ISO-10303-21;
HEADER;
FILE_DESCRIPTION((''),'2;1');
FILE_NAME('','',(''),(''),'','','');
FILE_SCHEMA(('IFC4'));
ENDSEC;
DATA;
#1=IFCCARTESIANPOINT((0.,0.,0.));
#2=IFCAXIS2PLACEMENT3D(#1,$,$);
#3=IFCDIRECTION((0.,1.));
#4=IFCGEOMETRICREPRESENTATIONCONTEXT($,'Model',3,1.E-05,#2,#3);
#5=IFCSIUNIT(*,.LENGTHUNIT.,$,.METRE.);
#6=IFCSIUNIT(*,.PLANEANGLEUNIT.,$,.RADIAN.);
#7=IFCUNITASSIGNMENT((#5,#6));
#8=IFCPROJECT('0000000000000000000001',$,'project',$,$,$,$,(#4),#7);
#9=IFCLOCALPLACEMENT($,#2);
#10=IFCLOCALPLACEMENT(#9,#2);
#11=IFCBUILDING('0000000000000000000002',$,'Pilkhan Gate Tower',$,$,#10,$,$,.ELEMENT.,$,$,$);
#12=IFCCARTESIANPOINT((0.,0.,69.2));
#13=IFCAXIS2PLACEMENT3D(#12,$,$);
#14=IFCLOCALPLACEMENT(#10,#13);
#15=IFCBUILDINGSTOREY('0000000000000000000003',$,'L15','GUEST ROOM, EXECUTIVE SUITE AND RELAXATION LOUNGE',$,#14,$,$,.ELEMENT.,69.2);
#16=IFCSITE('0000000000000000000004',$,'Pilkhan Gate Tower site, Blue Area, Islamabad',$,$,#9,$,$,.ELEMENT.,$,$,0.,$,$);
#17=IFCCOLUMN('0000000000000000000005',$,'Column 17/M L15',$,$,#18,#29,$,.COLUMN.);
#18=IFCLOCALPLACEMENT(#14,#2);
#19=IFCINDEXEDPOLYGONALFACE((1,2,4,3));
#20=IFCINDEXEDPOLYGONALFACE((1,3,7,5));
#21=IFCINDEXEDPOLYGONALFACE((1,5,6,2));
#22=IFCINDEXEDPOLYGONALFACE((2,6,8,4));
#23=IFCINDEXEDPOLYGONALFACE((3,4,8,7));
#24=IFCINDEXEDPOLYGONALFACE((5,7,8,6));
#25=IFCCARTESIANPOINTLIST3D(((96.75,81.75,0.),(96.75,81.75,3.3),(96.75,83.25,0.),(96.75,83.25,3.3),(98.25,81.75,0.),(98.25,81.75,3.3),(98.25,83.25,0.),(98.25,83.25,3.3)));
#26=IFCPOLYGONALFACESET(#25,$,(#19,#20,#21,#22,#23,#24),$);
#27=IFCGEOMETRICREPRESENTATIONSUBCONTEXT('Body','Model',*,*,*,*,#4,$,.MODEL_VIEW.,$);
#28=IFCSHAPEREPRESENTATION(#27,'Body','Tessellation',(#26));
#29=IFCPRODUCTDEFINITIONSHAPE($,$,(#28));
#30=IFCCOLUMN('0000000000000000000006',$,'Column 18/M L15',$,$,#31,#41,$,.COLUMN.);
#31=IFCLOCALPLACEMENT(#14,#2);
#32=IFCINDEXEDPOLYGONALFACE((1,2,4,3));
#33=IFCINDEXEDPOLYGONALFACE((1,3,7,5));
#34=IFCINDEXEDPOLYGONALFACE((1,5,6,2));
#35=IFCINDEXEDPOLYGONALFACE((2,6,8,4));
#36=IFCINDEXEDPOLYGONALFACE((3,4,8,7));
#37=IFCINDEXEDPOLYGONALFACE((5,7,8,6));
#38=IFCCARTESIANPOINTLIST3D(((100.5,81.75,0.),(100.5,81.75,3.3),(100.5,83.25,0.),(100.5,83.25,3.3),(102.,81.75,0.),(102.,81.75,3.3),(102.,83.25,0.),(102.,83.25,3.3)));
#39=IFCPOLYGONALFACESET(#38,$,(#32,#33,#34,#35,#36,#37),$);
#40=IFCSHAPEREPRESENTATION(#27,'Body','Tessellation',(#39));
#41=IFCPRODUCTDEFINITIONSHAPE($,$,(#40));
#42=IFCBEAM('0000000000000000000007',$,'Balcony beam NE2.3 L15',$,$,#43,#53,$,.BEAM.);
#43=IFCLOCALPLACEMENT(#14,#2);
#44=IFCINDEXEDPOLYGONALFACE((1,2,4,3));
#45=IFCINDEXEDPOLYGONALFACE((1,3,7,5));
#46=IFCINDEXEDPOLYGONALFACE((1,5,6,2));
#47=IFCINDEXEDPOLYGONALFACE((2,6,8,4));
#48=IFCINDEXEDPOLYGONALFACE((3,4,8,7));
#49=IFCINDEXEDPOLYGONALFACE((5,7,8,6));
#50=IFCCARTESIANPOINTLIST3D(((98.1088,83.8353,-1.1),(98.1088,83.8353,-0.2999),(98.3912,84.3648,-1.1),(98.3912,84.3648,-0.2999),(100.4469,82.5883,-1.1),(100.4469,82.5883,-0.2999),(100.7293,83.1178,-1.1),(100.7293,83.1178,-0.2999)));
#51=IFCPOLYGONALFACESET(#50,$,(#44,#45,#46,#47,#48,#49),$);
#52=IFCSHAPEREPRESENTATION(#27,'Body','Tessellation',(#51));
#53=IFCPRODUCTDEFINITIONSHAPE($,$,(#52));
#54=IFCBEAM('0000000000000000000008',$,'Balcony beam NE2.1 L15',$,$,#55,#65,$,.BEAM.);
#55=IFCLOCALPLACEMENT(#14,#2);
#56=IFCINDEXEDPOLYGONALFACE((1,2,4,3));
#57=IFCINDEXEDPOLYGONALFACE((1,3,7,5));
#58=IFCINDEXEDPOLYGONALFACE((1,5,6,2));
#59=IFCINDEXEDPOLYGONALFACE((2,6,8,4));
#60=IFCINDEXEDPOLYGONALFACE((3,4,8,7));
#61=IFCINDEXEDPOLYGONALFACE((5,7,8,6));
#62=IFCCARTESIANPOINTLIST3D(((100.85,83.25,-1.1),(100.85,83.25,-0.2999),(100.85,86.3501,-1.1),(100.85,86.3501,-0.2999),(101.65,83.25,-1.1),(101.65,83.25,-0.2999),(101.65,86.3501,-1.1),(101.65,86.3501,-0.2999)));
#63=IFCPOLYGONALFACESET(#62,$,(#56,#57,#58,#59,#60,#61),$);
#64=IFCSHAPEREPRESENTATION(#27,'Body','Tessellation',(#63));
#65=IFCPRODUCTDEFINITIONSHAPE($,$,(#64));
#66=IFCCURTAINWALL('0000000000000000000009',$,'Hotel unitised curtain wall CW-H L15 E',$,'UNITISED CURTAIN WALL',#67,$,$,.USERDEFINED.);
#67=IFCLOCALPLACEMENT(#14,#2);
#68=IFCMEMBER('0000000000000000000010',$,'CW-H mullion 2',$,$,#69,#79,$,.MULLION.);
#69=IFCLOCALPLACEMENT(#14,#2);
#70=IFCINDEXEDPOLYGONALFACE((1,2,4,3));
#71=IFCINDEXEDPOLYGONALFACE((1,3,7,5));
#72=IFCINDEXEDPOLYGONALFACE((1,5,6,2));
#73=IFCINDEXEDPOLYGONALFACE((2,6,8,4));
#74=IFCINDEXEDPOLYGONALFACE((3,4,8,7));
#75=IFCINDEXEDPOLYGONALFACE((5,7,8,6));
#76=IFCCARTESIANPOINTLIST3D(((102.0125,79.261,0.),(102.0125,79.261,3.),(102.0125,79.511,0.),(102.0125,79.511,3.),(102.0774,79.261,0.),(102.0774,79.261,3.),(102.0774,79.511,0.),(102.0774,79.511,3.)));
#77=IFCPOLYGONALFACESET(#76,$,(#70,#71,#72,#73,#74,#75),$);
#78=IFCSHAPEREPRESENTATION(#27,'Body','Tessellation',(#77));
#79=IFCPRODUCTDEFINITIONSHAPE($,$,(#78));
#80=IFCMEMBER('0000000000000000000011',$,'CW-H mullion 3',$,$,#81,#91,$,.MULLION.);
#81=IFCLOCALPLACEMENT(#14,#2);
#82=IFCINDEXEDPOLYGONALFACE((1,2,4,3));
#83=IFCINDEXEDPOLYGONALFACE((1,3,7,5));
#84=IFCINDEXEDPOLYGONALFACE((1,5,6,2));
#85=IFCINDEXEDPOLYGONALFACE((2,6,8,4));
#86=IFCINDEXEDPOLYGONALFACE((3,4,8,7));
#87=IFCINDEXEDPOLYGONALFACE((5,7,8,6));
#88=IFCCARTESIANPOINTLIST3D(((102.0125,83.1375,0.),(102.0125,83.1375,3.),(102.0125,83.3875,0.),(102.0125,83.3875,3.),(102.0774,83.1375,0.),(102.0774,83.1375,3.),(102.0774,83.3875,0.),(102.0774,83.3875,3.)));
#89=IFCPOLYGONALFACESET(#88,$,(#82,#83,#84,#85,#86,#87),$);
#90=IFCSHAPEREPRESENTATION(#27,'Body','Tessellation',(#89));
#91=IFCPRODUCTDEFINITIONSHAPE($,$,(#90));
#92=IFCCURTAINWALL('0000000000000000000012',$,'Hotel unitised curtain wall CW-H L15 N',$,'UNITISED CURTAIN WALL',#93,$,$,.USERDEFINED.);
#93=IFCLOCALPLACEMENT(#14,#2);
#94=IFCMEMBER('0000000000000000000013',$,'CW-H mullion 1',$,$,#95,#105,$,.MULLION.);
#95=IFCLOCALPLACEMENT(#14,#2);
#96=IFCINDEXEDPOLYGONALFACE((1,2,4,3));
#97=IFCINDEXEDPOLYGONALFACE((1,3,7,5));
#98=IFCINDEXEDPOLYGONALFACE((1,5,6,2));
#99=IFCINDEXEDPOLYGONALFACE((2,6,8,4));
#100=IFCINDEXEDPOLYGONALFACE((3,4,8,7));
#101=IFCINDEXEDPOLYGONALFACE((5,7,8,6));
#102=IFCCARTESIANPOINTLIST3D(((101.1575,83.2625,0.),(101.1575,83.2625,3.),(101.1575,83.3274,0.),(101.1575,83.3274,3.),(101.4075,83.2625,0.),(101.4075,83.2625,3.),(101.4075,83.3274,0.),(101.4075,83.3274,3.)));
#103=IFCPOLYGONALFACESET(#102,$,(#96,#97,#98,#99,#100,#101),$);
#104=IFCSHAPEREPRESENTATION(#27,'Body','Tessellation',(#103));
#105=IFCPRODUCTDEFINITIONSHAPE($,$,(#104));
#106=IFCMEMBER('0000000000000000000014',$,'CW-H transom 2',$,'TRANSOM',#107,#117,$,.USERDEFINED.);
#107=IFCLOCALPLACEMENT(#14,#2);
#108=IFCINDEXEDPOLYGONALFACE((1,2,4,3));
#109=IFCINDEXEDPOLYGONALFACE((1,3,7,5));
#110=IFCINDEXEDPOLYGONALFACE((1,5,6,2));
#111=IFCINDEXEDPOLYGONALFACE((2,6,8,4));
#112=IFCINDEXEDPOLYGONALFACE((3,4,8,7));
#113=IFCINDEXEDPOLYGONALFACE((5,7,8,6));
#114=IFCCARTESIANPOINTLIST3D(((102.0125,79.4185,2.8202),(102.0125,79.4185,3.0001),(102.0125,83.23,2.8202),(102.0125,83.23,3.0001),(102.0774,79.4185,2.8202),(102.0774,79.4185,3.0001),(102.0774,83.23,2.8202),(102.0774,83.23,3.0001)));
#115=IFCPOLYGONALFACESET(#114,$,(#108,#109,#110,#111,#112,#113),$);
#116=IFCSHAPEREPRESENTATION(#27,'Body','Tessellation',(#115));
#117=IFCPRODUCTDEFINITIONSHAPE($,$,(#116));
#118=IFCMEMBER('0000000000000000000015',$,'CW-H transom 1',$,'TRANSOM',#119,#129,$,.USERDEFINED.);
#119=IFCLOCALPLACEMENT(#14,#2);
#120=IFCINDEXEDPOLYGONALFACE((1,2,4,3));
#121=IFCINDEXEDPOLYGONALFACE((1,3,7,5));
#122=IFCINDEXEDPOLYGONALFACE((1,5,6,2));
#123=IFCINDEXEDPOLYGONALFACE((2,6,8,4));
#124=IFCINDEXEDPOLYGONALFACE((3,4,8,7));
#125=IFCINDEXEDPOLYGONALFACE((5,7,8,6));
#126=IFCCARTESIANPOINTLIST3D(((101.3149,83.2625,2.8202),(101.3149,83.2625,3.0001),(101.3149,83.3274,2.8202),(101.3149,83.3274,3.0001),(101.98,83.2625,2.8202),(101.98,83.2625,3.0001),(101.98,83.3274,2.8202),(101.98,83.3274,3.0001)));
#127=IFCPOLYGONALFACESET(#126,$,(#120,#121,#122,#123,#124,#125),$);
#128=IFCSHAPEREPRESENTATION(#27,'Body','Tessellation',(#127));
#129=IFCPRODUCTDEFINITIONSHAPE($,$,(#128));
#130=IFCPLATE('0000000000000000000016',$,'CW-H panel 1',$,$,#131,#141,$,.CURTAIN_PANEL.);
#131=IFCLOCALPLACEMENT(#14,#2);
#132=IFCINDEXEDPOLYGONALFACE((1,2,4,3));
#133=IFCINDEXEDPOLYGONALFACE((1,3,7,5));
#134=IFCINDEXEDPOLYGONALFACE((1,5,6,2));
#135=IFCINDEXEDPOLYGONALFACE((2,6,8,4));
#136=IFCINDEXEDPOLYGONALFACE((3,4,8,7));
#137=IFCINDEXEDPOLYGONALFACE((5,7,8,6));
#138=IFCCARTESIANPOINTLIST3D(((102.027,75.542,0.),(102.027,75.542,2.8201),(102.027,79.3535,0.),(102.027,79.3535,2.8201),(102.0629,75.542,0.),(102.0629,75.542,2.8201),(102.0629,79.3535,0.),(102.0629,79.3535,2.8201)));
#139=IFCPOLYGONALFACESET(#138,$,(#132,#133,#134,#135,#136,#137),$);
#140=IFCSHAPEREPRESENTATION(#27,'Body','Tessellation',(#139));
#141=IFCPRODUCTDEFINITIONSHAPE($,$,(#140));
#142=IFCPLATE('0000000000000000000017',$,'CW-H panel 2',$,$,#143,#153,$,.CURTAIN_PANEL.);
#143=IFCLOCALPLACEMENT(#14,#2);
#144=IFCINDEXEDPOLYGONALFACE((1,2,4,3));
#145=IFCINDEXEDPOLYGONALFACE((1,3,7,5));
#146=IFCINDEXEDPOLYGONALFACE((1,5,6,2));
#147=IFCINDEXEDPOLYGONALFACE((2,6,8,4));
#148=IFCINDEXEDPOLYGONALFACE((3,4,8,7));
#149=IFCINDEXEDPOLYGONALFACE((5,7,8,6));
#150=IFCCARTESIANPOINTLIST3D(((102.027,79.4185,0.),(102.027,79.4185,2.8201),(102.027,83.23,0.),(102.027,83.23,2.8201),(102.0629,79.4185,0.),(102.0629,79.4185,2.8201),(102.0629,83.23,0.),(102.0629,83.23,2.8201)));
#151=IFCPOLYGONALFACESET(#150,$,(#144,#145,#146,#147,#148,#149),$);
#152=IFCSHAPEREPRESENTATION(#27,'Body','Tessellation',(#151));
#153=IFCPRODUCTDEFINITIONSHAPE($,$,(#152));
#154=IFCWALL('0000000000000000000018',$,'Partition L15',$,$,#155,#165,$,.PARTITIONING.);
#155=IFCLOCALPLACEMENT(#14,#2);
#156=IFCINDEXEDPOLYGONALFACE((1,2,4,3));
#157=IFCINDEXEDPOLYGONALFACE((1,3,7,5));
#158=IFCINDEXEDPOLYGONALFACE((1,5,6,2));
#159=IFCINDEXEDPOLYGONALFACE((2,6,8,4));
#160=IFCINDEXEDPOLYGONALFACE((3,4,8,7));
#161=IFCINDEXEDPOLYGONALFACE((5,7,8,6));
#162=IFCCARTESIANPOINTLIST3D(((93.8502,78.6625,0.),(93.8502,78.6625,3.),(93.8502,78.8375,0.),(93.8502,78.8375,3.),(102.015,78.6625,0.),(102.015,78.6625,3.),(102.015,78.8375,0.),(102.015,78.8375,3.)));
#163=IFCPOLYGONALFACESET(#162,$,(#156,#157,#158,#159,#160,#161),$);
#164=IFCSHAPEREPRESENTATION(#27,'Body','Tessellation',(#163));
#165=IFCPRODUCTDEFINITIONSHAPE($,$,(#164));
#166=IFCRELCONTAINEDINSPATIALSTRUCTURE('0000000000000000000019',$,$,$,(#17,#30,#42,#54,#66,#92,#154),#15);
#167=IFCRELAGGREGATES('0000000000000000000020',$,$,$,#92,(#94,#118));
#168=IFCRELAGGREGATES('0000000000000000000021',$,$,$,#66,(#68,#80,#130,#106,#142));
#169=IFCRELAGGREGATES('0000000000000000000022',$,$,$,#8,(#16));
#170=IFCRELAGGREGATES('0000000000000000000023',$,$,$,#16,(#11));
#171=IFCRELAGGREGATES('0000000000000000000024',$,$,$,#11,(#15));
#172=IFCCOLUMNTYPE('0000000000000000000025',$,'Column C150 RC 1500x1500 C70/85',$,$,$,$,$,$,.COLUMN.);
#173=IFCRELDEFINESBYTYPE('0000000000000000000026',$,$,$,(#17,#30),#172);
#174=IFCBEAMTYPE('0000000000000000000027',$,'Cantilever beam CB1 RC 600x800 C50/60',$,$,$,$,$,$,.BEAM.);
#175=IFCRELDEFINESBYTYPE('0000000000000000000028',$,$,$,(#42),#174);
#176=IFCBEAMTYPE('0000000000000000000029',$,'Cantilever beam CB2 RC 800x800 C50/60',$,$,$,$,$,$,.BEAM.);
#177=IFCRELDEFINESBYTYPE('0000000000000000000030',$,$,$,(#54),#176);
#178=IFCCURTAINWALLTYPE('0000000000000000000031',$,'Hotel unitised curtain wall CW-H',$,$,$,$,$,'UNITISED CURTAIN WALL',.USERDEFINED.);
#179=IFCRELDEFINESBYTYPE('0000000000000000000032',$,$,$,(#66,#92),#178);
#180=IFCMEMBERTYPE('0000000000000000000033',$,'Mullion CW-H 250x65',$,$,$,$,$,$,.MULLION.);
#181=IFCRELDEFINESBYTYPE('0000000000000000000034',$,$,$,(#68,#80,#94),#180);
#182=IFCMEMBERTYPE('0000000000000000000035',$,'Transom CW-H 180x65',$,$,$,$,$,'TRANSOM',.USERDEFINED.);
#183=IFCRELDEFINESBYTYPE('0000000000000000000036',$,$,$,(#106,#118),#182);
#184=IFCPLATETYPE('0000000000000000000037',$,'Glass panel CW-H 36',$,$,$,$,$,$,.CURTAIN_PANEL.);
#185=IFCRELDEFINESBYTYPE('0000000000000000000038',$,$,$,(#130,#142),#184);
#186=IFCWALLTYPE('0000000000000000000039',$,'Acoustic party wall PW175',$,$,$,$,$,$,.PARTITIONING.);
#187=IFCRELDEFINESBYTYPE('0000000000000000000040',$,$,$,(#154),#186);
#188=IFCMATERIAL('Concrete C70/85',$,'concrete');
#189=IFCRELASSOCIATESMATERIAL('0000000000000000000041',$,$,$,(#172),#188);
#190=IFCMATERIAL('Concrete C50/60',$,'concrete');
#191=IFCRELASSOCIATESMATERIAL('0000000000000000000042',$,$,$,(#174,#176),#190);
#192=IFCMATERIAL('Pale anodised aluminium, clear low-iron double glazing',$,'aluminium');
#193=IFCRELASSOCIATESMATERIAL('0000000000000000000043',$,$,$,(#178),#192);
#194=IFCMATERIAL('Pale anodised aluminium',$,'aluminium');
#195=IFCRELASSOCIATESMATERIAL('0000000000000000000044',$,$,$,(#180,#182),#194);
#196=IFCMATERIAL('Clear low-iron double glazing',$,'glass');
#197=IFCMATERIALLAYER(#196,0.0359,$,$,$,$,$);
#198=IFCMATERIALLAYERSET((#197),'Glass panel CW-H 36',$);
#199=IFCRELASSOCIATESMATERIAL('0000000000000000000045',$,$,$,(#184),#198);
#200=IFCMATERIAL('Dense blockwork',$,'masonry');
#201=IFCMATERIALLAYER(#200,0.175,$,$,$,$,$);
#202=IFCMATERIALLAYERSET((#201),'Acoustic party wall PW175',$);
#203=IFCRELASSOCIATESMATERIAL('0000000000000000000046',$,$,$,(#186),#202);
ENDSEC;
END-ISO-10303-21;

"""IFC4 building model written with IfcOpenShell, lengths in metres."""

from ifc_helpers import new_model, si_unit, direction, frame, frame_2d, origin, origin_2d, place, context, subcontext, project, spatial, rectangle, extrude, material, layer, layer_set, material_profile, profile_set, type_object, element, aggregate, save


model = new_model("IFC4")

# Units and contexts
model_context = context("Model", 3, precision=1e-05, world=origin(), true_north=direction((0.0, 1.0)))
body_context = subcontext(model_context, "Body", "Model", "MODEL_VIEW")
ifc_project = project(units=[si_unit("LENGTHUNIT", "METRE"), si_unit("PLANEANGLEUNIT", "RADIAN")], contexts=[model_context])

# Site, building, storey
site_placement = place(None, origin())
site = spatial("IfcSite", under=ifc_project, at=site_placement, Name="Pilkhan Gate Tower site, Blue Area, Islamabad", CompositionType="ELEMENT", RefElevation=0.0)
building_placement = place(site_placement, origin())
building = spatial("IfcBuilding", under=site, at=building_placement, Name="Pilkhan Gate Tower", CompositionType="ELEMENT")
storey_placement = place(building_placement, frame((0.0, 0.0, 69.2)))
storey = spatial("IfcBuildingStorey", under=building, at=storey_placement, Name="L15", Description="GUEST ROOM, EXECUTIVE SUITE AND RELAXATION LOUNGE", CompositionType="ELEMENT", Elevation=69.2)

# Columns
ifc_material_1 = material(Name="Concrete C70/85", Category="concrete")
ifc_material_profile_1 = material_profile(ifc_material_1, rectangle(XDim=1.5, YDim=1.5, at=origin_2d()), Name="RC 1500x1500")
ifc_profile_set_1 = profile_set([ifc_material_profile_1], Name="Concrete C70/85")
column_type = type_object("IfcColumnType", Name="Column C150 RC 1500x1500 C70/85", PredefinedType="COLUMN", material=ifc_profile_set_1)
for number, where, z_axis, x_axis, name in (
    (1, (97.5, 82.5, 0.0), (0.0, 0.0, 1.0), (1.0, 0.0, 0.0), "Column 17/M L15"),
    (2, (101.25, 82.5, 0.0), (0.0, 0.0, 1.0), (1.0, 0.0, 0.0), "Column 18/M L15"),
):
    element("IfcColumn", number, at=place(storey_placement, frame(where, z_axis=z_axis, x_axis=x_axis)), inside=storey, type_object=column_type, Name=name, PredefinedType="COLUMN", context=body_context, shape_type="SweptSolid", body=[
        extrude(rectangle(XDim=1.5, YDim=1.5, at=origin_2d()), origin(), (0.0, 0.0, 1.0), 3.3),
    ])

# Beams
ifc_material_2 = material(Name="Concrete C50/60", Category="concrete")
ifc_material_profile_2 = material_profile(ifc_material_2, rectangle(XDim=0.6001, YDim=0.8, at=origin_2d()), Name="RC 600x800")
ifc_profile_set_2 = profile_set([ifc_material_profile_2], Name="Concrete C50/60")
beam_type_1 = type_object("IfcBeamType", Name="Cantilever beam CB1 RC 600x800 C50/60", PredefinedType="BEAM", material=ifc_profile_set_2)
beam_1_placement = place(storey_placement, frame((100.5881, 82.853, -0.7), z_axis=(-0.882343, 0.470607, 0.0), x_axis=(-0.470607, -0.882343, 0.0)))
element("IfcBeam", 3, at=beam_1_placement, inside=storey, type_object=beam_type_1, Name="Balcony beam NE2.3 L15", PredefinedType="BEAM", context=body_context, shape_type="SweptSolid", body=[
    extrude(rectangle(XDim=0.6001, YDim=0.8, at=origin_2d()), origin(), (0.0, 0.0, 1.0), 2.6499),
])
ifc_material_profile_3 = material_profile(ifc_material_2, rectangle(XDim=0.8, YDim=0.8, at=origin_2d()), Name="RC 800x800")
ifc_profile_set_3 = profile_set([ifc_material_profile_3], Name="Concrete C50/60")
beam_type_2 = type_object("IfcBeamType", Name="Cantilever beam CB2 RC 800x800 C50/60", PredefinedType="BEAM", material=ifc_profile_set_3)
beam_2_placement = place(storey_placement, frame((101.25, 83.25, -0.7), z_axis=(0.0, 1.0, 0.0), x_axis=(-1.0, 0.0, 0.0)))
element("IfcBeam", 4, at=beam_2_placement, inside=storey, type_object=beam_type_2, Name="Balcony beam NE2.1 L15", PredefinedType="BEAM", context=body_context, shape_type="SweptSolid", body=[
    extrude(rectangle(XDim=0.8, YDim=0.8, at=origin_2d()), origin(), (0.0, 0.0, 1.0), 3.1001),
])

# Curtain wall, members
ifc_material_3 = material(Name="Pale anodised aluminium, clear low-iron double glazing", Category="aluminium")
curtain_wall_type = type_object("IfcCurtainWallType", Name="Hotel unitised curtain wall CW-H", ElementType="UNITISED CURTAIN WALL", PredefinedType="USERDEFINED", material=ifc_material_3)
curtain_wall_1_placement = place(storey_placement, origin())
curtain_wall_1 = element("IfcCurtainWall", 5, at=curtain_wall_1_placement, inside=storey, type_object=curtain_wall_type, Name="Hotel unitised curtain wall CW-H L15 E", ObjectType="UNITISED CURTAIN WALL", PredefinedType="USERDEFINED")
ifc_material_4 = material(Name="Pale anodised aluminium", Category="aluminium")
ifc_material_profile_4 = material_profile(ifc_material_4, rectangle(XDim=0.0649, YDim=0.25, at=origin_2d()), Name="Mullion 250x65")
ifc_profile_set_4 = profile_set([ifc_material_profile_4], Name="Pale anodised aluminium")
member_type_1 = type_object("IfcMemberType", Name="Mullion CW-H 250x65", PredefinedType="MULLION", material=ifc_profile_set_4)
member_1_placement = place(storey_placement, frame((102.0449, 79.386, 0.0), z_axis=(0.0, 0.0, 1.0), x_axis=(-1.0, 0.0, 0.0)))
member_1 = element("IfcMember", 6, at=member_1_placement, type_object=member_type_1, Name="CW-H mullion 2", PredefinedType="MULLION", context=body_context, shape_type="SweptSolid", body=[
    extrude(rectangle(XDim=0.0649, YDim=0.25, at=origin_2d()), origin(), (0.0, 0.0, 1.0), 3.0),
])
member_2_placement = place(storey_placement, frame((102.0449, 83.2625, 0.0), z_axis=(0.0, 0.0, 1.0), x_axis=(-1.0, 0.0, 0.0)))
member_2 = element("IfcMember", 7, at=member_2_placement, type_object=member_type_1, Name="CW-H mullion 3", PredefinedType="MULLION", context=body_context, shape_type="SweptSolid", body=[
    extrude(rectangle(XDim=0.0649, YDim=0.25, at=origin_2d()), origin(), (0.0, 0.0, 1.0), 3.0),
])

# Curtain wall, member
curtain_wall_2_placement = place(storey_placement, origin())
curtain_wall_2 = element("IfcCurtainWall", 8, at=curtain_wall_2_placement, inside=storey, type_object=curtain_wall_type, Name="Hotel unitised curtain wall CW-H L15 N", ObjectType="UNITISED CURTAIN WALL", PredefinedType="USERDEFINED")
member_3_placement = place(storey_placement, frame((101.2825, 83.2949, 0.0), z_axis=(0.0, 0.0, 1.0), x_axis=(0.0, 1.0, 0.0)))
member_3 = element("IfcMember", 9, at=member_3_placement, type_object=member_type_1, Name="CW-H mullion 1", PredefinedType="MULLION", context=body_context, shape_type="SweptSolid", body=[
    extrude(rectangle(XDim=0.0649, YDim=0.25, at=origin_2d()), origin(), (0.0, 0.0, 1.0), 3.0),
])

# Members
ifc_material_profile_5 = material_profile(ifc_material_4, rectangle(XDim=0.0649, YDim=0.1799, at=origin_2d()), Name="Transom 180x65")
ifc_profile_set_5 = profile_set([ifc_material_profile_5], Name="Pale anodised aluminium")
member_type_2 = type_object("IfcMemberType", Name="Transom CW-H 180x65", ElementType="TRANSOM", PredefinedType="USERDEFINED", material=ifc_profile_set_5)
member_4_placement = place(storey_placement, frame((102.0449, 79.4185, 2.9102), z_axis=(0.0, 1.0, 0.0), x_axis=(-1.0, 0.0, 0.0)))
member_4 = element("IfcMember", 10, at=member_4_placement, type_object=member_type_2, Name="CW-H transom 2", ObjectType="TRANSOM", PredefinedType="USERDEFINED", context=body_context, shape_type="SweptSolid", body=[
    extrude(rectangle(XDim=0.0649, YDim=0.1799, at=origin_2d()), origin(), (0.0, 0.0, 1.0), 3.8115),
])
member_5_placement = place(storey_placement, frame((101.3149, 83.2949, 2.9102), z_axis=(1.0, 0.0, 0.0), x_axis=(0.0, 1.0, 0.0)))
member_5 = element("IfcMember", 11, at=member_5_placement, type_object=member_type_2, Name="CW-H transom 1", ObjectType="TRANSOM", PredefinedType="USERDEFINED", context=body_context, shape_type="SweptSolid", body=[
    extrude(rectangle(XDim=0.0649, YDim=0.1799, at=origin_2d()), origin(), (0.0, 0.0, 1.0), 0.665),
])
aggregate(curtain_wall_2, [member_3, member_5])

# Plates
ifc_material_5 = material(Name="Clear low-iron double glazing", Category="glass")
ifc_layer_1 = layer(ifc_material_5, 0.0359)
ifc_layer_set_1 = layer_set([ifc_layer_1], Name="Glass panel CW-H 36")
plate_type = type_object("IfcPlateType", Name="Glass panel CW-H 36", PredefinedType="CURTAIN_PANEL", material=ifc_layer_set_1)
plate_1_placement = place(storey_placement, frame((102.0449, 77.4478, 0.0), z_axis=(0.0, 0.0, 1.0), x_axis=(0.0, 1.0, 0.0)))
plate_1 = element("IfcPlate", 12, at=plate_1_placement, type_object=plate_type, Name="CW-H panel 1", PredefinedType="CURTAIN_PANEL", context=body_context, shape_type="SweptSolid", body=[
    extrude(rectangle(XDim=3.8115, YDim=0.0359, at=origin_2d()), origin(), (0.0, 0.0, 1.0), 2.8201),
])
plate_2_placement = place(storey_placement, frame((102.0449, 81.3242, 0.0), z_axis=(0.0, 0.0, 1.0), x_axis=(0.0, 1.0, 0.0)))
plate_2 = element("IfcPlate", 13, at=plate_2_placement, type_object=plate_type, Name="CW-H panel 2", PredefinedType="CURTAIN_PANEL", context=body_context, shape_type="SweptSolid", body=[
    extrude(rectangle(XDim=3.8115, YDim=0.0359, at=origin_2d()), origin(), (0.0, 0.0, 1.0), 2.8201),
])
aggregate(curtain_wall_1, [member_1, member_2, plate_1, member_4, plate_2])

# Wall
ifc_material_6 = material(Name="Dense blockwork", Category="masonry")
ifc_layer_2 = layer(ifc_material_6, 0.175)
ifc_layer_set_2 = layer_set([ifc_layer_2], Name="Acoustic party wall PW175")
wall_type_1 = type_object("IfcWallType", Name="Acoustic party wall PW175", PredefinedType="PARTITIONING", material=ifc_layer_set_2)
wall_1_placement = place(storey_placement, frame((93.8501, 78.75, 0.0), z_axis=(0.0, 0.0, 1.0), x_axis=(1.0, 0.0, 0.0)))
element("IfcWall", 14, at=wall_1_placement, inside=storey, type_object=wall_type_1, Name="Partition L15", PredefinedType="PARTITIONING", context=body_context, shape_type="SweptSolid", body=[
    extrude(rectangle(XDim=8.1648, YDim=0.175, at=frame_2d((4.0825, 0.0))), origin(), (0.0, 0.0, 1.0), 3.0),
])

save(model, "model.ifc")
